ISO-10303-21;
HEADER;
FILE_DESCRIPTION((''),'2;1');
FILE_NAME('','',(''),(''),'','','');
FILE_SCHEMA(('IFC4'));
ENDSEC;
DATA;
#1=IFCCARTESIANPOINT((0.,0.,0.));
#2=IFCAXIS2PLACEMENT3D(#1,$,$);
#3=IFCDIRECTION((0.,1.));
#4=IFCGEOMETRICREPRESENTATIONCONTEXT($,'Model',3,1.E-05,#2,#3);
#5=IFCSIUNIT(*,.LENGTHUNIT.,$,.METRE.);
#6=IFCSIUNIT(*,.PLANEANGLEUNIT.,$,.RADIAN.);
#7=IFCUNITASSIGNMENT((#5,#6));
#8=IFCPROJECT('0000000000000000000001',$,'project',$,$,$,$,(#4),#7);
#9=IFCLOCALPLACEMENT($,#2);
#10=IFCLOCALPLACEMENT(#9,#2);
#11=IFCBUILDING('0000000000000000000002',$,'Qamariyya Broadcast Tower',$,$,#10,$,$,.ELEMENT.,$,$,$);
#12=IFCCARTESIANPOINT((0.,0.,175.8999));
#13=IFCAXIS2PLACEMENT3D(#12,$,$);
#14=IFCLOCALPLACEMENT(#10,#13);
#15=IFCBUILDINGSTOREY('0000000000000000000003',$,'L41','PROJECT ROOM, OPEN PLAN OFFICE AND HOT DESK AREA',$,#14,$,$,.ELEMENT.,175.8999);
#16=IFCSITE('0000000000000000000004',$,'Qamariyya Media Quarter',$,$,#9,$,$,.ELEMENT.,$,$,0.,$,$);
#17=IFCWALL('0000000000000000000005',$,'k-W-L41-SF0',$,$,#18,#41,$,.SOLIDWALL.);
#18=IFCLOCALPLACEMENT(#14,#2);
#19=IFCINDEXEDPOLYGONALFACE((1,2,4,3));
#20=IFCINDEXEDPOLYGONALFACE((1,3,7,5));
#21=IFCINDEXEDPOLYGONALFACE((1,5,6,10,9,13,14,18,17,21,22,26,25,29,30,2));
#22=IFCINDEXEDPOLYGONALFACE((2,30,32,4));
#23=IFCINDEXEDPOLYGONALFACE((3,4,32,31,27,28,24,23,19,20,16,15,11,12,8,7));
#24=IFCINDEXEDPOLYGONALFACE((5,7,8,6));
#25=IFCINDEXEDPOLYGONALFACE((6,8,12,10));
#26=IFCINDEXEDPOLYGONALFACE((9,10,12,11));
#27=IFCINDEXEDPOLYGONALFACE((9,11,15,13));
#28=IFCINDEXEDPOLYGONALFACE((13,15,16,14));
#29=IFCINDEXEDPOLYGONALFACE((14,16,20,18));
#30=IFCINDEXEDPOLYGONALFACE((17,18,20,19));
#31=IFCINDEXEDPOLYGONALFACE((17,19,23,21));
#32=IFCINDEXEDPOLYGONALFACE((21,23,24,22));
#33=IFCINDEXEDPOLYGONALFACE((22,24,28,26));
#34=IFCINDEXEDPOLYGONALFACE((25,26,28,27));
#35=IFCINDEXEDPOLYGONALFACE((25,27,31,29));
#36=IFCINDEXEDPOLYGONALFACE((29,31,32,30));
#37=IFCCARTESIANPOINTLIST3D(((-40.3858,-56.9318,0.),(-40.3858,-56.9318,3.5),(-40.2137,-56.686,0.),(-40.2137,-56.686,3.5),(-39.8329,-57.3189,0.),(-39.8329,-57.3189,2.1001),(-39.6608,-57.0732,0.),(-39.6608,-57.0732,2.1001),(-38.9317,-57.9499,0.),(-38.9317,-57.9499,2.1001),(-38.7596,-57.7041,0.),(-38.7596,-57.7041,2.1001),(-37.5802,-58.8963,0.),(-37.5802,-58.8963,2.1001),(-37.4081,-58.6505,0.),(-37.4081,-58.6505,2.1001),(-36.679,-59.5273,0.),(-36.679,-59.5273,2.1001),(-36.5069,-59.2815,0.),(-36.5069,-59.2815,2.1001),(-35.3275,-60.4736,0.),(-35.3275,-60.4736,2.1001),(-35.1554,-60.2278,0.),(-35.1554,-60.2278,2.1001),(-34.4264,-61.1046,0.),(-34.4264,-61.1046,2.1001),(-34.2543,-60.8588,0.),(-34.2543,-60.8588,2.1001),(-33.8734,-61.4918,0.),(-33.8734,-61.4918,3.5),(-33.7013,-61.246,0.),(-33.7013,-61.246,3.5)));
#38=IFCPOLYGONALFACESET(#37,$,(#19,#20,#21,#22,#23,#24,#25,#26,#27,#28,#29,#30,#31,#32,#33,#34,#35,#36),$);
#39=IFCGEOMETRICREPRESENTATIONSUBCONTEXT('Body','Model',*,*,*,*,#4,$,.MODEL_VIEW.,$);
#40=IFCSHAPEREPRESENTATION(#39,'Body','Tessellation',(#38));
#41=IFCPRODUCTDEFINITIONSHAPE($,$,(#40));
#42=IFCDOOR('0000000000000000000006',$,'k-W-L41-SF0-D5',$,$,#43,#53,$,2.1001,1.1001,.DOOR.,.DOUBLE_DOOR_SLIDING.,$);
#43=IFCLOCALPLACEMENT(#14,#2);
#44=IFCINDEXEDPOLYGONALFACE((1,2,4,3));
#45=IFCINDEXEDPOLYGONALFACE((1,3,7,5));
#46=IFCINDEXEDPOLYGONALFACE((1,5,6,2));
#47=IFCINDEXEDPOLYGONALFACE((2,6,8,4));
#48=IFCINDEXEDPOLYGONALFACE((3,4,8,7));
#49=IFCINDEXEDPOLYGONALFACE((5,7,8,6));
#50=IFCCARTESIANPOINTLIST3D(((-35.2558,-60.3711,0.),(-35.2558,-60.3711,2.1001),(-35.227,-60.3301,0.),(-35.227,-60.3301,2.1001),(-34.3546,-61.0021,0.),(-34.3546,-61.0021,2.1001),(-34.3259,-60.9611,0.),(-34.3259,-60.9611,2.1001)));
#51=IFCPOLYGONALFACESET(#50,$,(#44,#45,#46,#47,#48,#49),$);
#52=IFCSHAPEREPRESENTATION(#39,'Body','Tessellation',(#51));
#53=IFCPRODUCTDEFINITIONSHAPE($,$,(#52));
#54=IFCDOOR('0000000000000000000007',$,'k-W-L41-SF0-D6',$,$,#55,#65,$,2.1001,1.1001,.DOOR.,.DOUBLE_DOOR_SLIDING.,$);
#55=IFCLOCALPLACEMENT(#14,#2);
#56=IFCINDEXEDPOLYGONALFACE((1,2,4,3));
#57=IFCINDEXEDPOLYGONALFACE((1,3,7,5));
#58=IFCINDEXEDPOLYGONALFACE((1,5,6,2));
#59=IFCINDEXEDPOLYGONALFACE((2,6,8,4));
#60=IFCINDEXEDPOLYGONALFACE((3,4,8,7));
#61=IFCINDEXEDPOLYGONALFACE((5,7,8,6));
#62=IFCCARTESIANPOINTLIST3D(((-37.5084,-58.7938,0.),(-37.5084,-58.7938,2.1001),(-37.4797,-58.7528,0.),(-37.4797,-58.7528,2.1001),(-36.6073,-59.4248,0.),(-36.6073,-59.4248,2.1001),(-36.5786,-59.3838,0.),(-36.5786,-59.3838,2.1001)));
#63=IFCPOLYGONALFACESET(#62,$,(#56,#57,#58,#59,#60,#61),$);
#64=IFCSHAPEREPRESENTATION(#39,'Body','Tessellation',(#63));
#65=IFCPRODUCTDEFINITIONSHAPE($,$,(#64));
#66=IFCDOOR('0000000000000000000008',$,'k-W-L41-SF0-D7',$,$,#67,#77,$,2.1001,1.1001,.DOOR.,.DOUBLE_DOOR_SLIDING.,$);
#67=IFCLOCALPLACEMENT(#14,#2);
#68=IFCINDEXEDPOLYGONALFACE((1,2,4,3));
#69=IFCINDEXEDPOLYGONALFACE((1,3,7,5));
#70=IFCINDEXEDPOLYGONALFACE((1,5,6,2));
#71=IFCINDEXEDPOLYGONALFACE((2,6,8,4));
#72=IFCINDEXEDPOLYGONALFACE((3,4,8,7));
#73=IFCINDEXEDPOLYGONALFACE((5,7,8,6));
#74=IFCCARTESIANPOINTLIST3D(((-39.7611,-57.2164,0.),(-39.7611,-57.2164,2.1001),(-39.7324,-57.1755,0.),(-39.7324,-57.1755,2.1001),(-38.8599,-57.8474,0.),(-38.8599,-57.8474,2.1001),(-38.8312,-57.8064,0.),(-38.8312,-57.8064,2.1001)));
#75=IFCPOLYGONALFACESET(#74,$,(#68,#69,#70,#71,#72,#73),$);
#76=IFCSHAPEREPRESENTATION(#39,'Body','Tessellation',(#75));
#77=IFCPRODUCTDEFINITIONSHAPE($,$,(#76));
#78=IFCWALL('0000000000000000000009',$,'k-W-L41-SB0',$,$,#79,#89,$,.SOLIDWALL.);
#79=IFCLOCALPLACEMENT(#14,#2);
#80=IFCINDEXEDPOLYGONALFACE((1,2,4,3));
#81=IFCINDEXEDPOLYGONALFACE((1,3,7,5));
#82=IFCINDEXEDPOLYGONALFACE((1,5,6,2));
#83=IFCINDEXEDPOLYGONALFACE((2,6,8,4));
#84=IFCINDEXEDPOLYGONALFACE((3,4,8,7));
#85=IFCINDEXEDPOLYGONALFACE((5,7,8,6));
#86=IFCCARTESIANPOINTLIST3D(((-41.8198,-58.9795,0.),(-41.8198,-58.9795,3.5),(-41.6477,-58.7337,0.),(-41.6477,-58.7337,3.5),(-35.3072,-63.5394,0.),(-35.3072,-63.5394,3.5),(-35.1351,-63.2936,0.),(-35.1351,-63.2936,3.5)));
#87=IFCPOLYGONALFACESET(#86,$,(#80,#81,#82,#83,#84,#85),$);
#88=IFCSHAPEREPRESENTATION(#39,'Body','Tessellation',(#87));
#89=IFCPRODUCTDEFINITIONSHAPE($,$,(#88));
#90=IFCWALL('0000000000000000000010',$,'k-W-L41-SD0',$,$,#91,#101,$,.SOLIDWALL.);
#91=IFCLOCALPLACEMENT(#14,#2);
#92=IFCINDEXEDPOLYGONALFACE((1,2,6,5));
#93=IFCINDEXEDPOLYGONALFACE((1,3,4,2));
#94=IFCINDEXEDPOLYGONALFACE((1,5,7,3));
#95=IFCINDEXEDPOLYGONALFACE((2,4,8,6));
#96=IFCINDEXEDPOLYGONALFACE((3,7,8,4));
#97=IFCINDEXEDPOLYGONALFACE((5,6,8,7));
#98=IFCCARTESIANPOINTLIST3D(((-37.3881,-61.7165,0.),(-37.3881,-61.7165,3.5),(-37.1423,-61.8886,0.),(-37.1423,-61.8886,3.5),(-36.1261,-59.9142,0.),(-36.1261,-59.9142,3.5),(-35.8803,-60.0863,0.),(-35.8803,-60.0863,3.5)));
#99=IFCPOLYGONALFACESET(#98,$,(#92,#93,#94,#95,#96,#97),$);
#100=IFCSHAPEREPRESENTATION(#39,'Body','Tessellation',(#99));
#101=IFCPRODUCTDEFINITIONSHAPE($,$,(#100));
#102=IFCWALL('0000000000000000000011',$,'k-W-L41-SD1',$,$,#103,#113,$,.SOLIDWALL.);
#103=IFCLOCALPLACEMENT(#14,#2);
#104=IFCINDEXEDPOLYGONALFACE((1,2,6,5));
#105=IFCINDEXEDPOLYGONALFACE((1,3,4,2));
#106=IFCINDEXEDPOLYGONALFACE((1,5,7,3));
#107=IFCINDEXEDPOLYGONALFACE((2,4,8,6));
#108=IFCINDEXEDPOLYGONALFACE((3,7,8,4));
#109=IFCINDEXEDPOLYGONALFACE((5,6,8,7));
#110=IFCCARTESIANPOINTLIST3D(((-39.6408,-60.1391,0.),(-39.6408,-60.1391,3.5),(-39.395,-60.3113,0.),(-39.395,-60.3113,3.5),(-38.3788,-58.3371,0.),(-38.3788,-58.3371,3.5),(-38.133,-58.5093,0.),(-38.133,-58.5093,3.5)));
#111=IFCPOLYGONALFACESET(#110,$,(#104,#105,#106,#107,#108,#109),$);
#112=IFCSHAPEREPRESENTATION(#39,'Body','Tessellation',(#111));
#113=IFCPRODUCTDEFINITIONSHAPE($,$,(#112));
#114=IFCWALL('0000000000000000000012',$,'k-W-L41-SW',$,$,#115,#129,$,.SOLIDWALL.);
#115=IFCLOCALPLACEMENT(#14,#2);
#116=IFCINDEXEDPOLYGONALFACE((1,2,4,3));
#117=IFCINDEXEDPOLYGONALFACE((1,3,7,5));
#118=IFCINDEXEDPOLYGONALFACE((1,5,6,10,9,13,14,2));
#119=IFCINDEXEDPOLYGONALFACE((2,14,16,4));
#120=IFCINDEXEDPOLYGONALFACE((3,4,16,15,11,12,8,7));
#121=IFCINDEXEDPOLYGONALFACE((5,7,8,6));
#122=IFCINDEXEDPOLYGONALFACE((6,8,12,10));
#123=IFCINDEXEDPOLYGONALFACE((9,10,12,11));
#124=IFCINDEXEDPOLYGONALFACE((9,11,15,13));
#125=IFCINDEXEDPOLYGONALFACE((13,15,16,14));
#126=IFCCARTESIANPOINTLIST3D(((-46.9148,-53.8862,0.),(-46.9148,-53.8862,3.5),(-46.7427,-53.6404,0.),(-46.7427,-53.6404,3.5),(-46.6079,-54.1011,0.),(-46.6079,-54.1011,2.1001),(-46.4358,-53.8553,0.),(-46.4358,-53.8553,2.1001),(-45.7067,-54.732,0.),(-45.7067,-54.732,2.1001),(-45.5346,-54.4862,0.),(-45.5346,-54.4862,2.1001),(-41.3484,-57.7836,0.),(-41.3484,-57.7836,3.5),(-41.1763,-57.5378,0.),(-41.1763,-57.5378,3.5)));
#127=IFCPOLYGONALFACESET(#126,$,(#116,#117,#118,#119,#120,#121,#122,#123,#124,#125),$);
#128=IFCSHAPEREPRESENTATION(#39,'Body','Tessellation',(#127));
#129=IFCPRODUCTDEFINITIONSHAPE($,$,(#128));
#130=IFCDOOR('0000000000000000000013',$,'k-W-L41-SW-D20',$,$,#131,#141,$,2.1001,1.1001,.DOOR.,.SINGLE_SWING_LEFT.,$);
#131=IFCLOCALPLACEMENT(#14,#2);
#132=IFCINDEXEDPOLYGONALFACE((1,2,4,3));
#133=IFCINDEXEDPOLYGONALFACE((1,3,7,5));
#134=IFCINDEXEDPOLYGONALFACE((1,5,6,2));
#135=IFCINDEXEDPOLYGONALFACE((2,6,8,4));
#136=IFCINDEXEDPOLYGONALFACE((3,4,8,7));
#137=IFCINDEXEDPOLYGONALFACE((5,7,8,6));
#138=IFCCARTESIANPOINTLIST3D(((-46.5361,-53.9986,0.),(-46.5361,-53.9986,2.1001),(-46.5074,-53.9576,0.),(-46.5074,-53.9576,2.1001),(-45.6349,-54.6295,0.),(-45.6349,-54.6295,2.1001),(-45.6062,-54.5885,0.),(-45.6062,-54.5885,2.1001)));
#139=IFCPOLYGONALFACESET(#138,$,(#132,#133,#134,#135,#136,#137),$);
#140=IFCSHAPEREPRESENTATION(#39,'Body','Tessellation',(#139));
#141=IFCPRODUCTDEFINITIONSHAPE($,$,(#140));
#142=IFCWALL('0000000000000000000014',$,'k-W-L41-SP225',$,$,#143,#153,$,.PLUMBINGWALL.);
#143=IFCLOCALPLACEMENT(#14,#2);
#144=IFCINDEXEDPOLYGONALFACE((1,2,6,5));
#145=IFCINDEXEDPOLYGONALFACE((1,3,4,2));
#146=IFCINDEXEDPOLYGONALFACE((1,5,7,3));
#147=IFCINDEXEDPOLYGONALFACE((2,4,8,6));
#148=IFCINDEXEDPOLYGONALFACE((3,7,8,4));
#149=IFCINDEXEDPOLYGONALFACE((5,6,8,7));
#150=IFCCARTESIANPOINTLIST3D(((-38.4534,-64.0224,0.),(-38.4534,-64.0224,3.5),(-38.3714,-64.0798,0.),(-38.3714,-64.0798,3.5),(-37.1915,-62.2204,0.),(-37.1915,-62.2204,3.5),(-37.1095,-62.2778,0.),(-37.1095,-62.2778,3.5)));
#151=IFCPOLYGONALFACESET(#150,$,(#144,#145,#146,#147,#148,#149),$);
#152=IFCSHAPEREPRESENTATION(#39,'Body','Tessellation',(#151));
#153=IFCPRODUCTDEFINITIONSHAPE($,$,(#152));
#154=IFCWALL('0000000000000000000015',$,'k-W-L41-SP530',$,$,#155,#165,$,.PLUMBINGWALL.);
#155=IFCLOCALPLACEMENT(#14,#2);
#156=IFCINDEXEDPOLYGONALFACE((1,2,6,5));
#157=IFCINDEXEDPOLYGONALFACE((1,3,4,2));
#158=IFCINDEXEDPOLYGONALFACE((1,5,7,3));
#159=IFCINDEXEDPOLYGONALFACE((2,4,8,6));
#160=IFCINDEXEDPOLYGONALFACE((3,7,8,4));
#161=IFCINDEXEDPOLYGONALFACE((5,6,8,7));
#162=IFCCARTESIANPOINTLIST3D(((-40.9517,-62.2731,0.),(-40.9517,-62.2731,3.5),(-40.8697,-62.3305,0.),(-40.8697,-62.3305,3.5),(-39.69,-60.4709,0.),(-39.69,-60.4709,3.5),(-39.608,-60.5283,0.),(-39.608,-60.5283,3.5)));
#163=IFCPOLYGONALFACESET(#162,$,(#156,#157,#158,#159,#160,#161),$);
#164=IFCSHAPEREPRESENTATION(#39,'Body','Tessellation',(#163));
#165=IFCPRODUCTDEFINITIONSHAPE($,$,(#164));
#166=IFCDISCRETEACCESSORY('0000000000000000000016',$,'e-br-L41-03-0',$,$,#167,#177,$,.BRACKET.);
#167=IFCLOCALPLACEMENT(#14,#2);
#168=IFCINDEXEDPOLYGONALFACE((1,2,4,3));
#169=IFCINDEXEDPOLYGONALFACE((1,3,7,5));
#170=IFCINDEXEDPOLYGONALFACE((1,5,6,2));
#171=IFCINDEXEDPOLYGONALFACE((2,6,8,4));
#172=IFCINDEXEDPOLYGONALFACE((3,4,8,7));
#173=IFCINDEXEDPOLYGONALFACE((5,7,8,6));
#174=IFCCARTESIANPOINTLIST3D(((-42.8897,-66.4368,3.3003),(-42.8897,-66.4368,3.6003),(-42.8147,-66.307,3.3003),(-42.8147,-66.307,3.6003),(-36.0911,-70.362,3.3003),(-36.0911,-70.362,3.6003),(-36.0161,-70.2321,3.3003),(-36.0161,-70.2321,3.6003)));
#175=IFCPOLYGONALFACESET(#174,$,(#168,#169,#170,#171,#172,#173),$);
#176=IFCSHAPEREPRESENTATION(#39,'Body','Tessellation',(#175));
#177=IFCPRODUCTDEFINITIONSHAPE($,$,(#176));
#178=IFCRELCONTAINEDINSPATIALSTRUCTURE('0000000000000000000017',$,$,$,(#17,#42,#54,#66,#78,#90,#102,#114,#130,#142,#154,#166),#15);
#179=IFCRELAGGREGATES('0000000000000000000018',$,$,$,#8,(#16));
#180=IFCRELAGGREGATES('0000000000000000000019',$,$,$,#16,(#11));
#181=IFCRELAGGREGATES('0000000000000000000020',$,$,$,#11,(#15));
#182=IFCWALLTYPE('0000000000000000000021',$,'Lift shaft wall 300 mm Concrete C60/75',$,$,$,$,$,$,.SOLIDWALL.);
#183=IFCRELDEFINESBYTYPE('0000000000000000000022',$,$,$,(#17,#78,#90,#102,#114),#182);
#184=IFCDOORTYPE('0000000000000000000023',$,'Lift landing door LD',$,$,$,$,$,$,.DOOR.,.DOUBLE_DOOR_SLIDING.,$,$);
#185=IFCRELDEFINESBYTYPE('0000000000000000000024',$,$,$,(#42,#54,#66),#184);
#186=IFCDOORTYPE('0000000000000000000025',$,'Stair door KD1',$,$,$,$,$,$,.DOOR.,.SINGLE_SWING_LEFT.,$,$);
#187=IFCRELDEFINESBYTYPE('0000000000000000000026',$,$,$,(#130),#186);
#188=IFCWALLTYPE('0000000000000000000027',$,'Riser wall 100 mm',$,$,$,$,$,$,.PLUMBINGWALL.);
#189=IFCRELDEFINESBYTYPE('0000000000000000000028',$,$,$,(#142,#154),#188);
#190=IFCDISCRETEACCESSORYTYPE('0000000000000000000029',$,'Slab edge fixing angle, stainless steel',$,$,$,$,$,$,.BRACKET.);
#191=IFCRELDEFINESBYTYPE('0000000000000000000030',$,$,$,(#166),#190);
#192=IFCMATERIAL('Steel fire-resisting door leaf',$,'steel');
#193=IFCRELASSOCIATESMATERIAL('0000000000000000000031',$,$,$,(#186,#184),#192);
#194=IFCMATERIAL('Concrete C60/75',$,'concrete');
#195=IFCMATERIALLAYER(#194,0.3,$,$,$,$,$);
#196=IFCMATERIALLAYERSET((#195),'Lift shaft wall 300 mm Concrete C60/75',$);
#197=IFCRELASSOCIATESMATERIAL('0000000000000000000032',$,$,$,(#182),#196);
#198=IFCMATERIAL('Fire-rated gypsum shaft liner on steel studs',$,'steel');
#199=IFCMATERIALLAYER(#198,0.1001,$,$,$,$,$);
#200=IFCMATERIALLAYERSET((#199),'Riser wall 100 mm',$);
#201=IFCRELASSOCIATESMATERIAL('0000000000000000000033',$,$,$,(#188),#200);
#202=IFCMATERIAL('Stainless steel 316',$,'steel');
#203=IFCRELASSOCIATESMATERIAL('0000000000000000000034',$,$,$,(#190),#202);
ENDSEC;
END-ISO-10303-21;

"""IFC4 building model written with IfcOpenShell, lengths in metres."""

from ifc_helpers import new_model, si_unit, direction, frame, frame_2d, origin, origin_2d, place, context, subcontext, project, spatial, rectangle, extrude, material, layer, layer_set, type_object, element, fill, save


model = new_model("IFC4")

# Units and contexts
model_context = context("Model", 3, precision=1e-05, world=origin(), true_north=direction((0.0, 1.0)))
body_context = subcontext(model_context, "Body", "Model", "MODEL_VIEW")
ifc_project = project(units=[si_unit("LENGTHUNIT", "METRE"), si_unit("PLANEANGLEUNIT", "RADIAN")], contexts=[model_context])

# Site, building, storey
site_placement = place(None, origin())
site = spatial("IfcSite", under=ifc_project, at=site_placement, Name="Qamariyya Media Quarter", CompositionType="ELEMENT", RefElevation=0.0)
building_placement = place(site_placement, origin())
building = spatial("IfcBuilding", under=site, at=building_placement, Name="Qamariyya Broadcast Tower", CompositionType="ELEMENT")
storey_placement = place(building_placement, frame((0.0, 0.0, 175.8999)))
storey = spatial("IfcBuildingStorey", under=building, at=storey_placement, Name="L41", Description="PROJECT ROOM, OPEN PLAN OFFICE AND HOT DESK AREA", CompositionType="ELEMENT", Elevation=175.8999)

# Shared definitions
ifc_material_1 = material(Name="Concrete C60/75", Category="concrete")

# Shared definitions
ifc_material_2 = material(Name="Steel fire-resisting door leaf", Category="steel")

# Shared definitions
door_type_1 = type_object("IfcDoorType", Name="Stair door KD1", OperationType="SINGLE_SWING_LEFT", PredefinedType="DOOR", material=ifc_material_2)

# Wall, openings, doors
ifc_layer_1 = layer(ifc_material_1, 0.3)
ifc_layer_set_1 = layer_set([ifc_layer_1], Name="Lift shaft wall 300 mm Concrete C60/75")
wall_type_1 = type_object("IfcWallType", Name="Lift shaft wall 300 mm Concrete C60/75", PredefinedType="SOLIDWALL", material=ifc_layer_set_1)
wall_1_placement = place(storey_placement, frame((-33.7874, -61.3689, 0.0), z_axis=(0.0, 0.0, 1.0), x_axis=(-0.819153, 0.573576, 0.0)))
wall_1 = element("IfcWall", 1, at=wall_1_placement, inside=storey, type_object=wall_type_1, Name="k-W-L41-SF0", PredefinedType="SOLIDWALL", context=body_context, shape_type="SweptSolid", body=[
    extrude(rectangle(XDim=7.9502, YDim=0.3, at=frame_2d((3.9751, 0.0))), origin(), (0.0, 0.0, 1.0), 3.5),
])
opening_1_placement = place(wall_1_placement, frame((0.675, 0.0, 0.0)))
opening_1 = element("IfcOpeningElement", 2, at=opening_1_placement, cuts=wall_1, PredefinedType="OPENING", context=body_context, shape_type="SweptSolid", body=[
    extrude(rectangle(XDim=1.1001, YDim=2.1001, at=frame_2d((0.55, 1.05))), frame((0.0, 0.1599, 0.0), z_axis=(0.0, -1.0, 0.0), x_axis=(1.0, 0.0, 0.0)), (0.0, 0.0, 1.0), 0.3201),
])
opening_2_placement = place(wall_1_placement, frame((3.425, 0.0, 0.0)))
opening_2 = element("IfcOpeningElement", 3, at=opening_2_placement, cuts=wall_1, PredefinedType="OPENING", context=body_context, shape_type="SweptSolid", body=[
    extrude(rectangle(XDim=1.1001, YDim=2.1001, at=frame_2d((0.55, 1.05))), frame((0.0, 0.1599, 0.0), z_axis=(0.0, -1.0, 0.0), x_axis=(1.0, 0.0, 0.0)), (0.0, 0.0, 1.0), 0.3201),
])
opening_3_placement = place(wall_1_placement, frame((6.175, 0.0, 0.0)))
opening_3 = element("IfcOpeningElement", 4, at=opening_3_placement, cuts=wall_1, PredefinedType="OPENING", context=body_context, shape_type="SweptSolid", body=[
    extrude(rectangle(XDim=1.1001, YDim=2.1001, at=frame_2d((0.55, 1.05))), frame((0.0, 0.1599, 0.0), z_axis=(0.0, -1.0, 0.0), x_axis=(1.0, 0.0, 0.0)), (0.0, 0.0, 1.0), 0.3201),
])
door_type_2 = type_object("IfcDoorType", Name="Lift landing door LD", OperationType="DOUBLE_DOOR_SLIDING", PredefinedType="DOOR", material=ifc_material_2)
door_1_placement = place(opening_1_placement, origin())
door_1 = element("IfcDoor", 5, at=door_1_placement, inside=storey, type_object=door_type_2, Name="k-W-L41-SF0-D5", OperationType="DOUBLE_DOOR_SLIDING", OverallHeight=2.1001, OverallWidth=1.1001, PredefinedType="DOOR", context=body_context, shape_type="SweptSolid", body=[
    extrude(rectangle(XDim=1.1001, YDim=2.1001, at=frame_2d((0.55, 1.05))), frame((0.0, 0.0249, 0.0), z_axis=(0.0, -1.0, 0.0), x_axis=(1.0, 0.0, 0.0)), (0.0, 0.0, 1.0), 0.05),
])
fill(opening_1, door_1)
door_2_placement = place(opening_2_placement, origin())
door_2 = element("IfcDoor", 6, at=door_2_placement, inside=storey, type_object=door_type_2, Name="k-W-L41-SF0-D6", OperationType="DOUBLE_DOOR_SLIDING", OverallHeight=2.1001, OverallWidth=1.1001, PredefinedType="DOOR", context=body_context, shape_type="SweptSolid", body=[
    extrude(rectangle(XDim=1.1001, YDim=2.1001, at=frame_2d((0.55, 1.05))), frame((0.0, 0.0249, 0.0), z_axis=(0.0, -1.0, 0.0), x_axis=(1.0, 0.0, 0.0)), (0.0, 0.0, 1.0), 0.05),
])
fill(opening_2, door_2)
door_3_placement = place(opening_3_placement, origin())
door_3 = element("IfcDoor", 7, at=door_3_placement, inside=storey, type_object=door_type_2, Name="k-W-L41-SF0-D7", OperationType="DOUBLE_DOOR_SLIDING", OverallHeight=2.1001, OverallWidth=1.1001, PredefinedType="DOOR", context=body_context, shape_type="SweptSolid", body=[
    extrude(rectangle(XDim=1.1001, YDim=2.1001, at=frame_2d((0.55, 1.05))), frame((0.0, 0.0249, 0.0), z_axis=(0.0, -1.0, 0.0), x_axis=(1.0, 0.0, 0.0)), (0.0, 0.0, 1.0), 0.05),
])
fill(opening_3, door_3)

# Walls
wall_2_placement = place(storey_placement, frame((-35.2212, -63.4165, 0.0), z_axis=(0.0, 0.0, 1.0), x_axis=(-0.819167, 0.573555, 0.0)))
element("IfcWall", 8, at=wall_2_placement, inside=storey, type_object=wall_type_1, Name="k-W-L41-SB0", PredefinedType="SOLIDWALL", context=body_context, shape_type="SweptSolid", body=[
    extrude(rectangle(XDim=7.9502, YDim=0.3, at=frame_2d((3.9751, 0.0))), origin(), (0.0, 0.0, 1.0), 3.5),
])
wall_3_placement = place(storey_placement, frame((-36.0032, -60.0002, 0.0), z_axis=(0.0, 0.0, 1.0), x_axis=(-0.573581, -0.819149, 0.0)))
element("IfcWall", 9, at=wall_3_placement, inside=storey, type_object=wall_type_1, Name="k-W-L41-SD0", PredefinedType="SOLIDWALL", context=body_context, shape_type="SweptSolid", body=[
    extrude(rectangle(XDim=2.2002, YDim=0.3, at=frame_2d((1.1001, 0.0))), origin(), (0.0, 0.0, 1.0), 3.5),
])
wall_4_placement = place(storey_placement, frame((-38.2559, -58.4231, 0.0), z_axis=(0.0, 0.0, 1.0), x_axis=(-0.573634, -0.819112, 0.0)))
element("IfcWall", 10, at=wall_4_placement, inside=storey, type_object=wall_type_1, Name="k-W-L41-SD1", PredefinedType="SOLIDWALL", context=body_context, shape_type="SweptSolid", body=[
    extrude(rectangle(XDim=2.2, YDim=0.3, at=frame_2d((1.1001, 0.0))), origin(), (0.0, 0.0, 1.0), 3.5),
])

# Wall, opening, door
wall_5_placement = place(storey_placement, frame((-41.2625, -57.6606, 0.0), z_axis=(0.0, 0.0, 1.0), x_axis=(-0.819164, 0.573559, 0.0)))
wall_5 = element("IfcWall", 11, at=wall_5_placement, inside=storey, type_object=wall_type_1, Name="k-W-L41-SW", PredefinedType="SOLIDWALL", context=body_context, shape_type="SweptSolid", body=[
    extrude(rectangle(XDim=6.7952, YDim=0.3, at=frame_2d((3.3975, 0.0))), origin(), (0.0, 0.0, 1.0), 3.5),
])
opening_4_placement = place(wall_5_placement, frame((5.3203, 0.0, 0.0)))
opening_4 = element("IfcOpeningElement", 12, at=opening_4_placement, cuts=wall_5, PredefinedType="OPENING", context=body_context, shape_type="SweptSolid", body=[
    extrude(rectangle(XDim=1.1001, YDim=2.1001, at=frame_2d((0.55, 1.05))), frame((0.0, 0.1599, 0.0), z_axis=(0.0, -1.0, 0.0), x_axis=(1.0, 0.0, 0.0)), (0.0, 0.0, 1.0), 0.3201),
])
door_4_placement = place(opening_4_placement, origin())
door_4 = element("IfcDoor", 13, at=door_4_placement, inside=storey, type_object=door_type_1, Name="k-W-L41-SW-D20", OperationType="SINGLE_SWING_LEFT", OverallHeight=2.1001, OverallWidth=1.1001, PredefinedType="DOOR", context=body_context, shape_type="SweptSolid", body=[
    extrude(rectangle(XDim=1.1001, YDim=2.1001, at=frame_2d((0.55, 1.05))), frame((0.0, 0.0249, 0.0), z_axis=(0.0, -1.0, 0.0), x_axis=(1.0, 0.0, 0.0)), (0.0, 0.0, 1.0), 0.05),
])
fill(opening_4, door_4)

# Walls
ifc_material_3 = material(Name="Fire-rated gypsum shaft liner on steel studs", Category="steel")
ifc_layer_2 = layer(ifc_material_3, 0.1001)
ifc_layer_set_2 = layer_set([ifc_layer_2], Name="Riser wall 100 mm")
wall_type_2 = type_object("IfcWallType", Name="Riser wall 100 mm", PredefinedType="PLUMBINGWALL", material=ifc_layer_set_2)
for number, where, z_axis, x_axis, name in (
    (14, (-37.1504, -62.249, 0.0), (0.0, 0.0, 1.0), (-0.573634, -0.819112, 0.0), "k-W-L41-SP225"),
    (15, (-39.6489, -60.4995, 0.0), (0.0, 0.0, 1.0), (-0.573507, -0.819201, 0.0), "k-W-L41-SP530"),
):
    element("IfcWall", number, at=place(storey_placement, frame(where, z_axis=z_axis, x_axis=x_axis)), inside=storey, type_object=wall_type_2, Name=name, PredefinedType="PLUMBINGWALL", context=body_context, shape_type="SweptSolid", body=[
        extrude(rectangle(XDim=2.2, YDim=0.1001, at=frame_2d((1.1001, 0.0))), origin(), (0.0, 0.0, 1.0), 3.5),
    ])

# Discrete accessory
ifc_material_4 = material(Name="Stainless steel 316", Category="steel")
discrete_accessory_type = type_object("IfcDiscreteAccessoryType", Name="Slab edge fixing angle, stainless steel", PredefinedType="BRACKET", material=ifc_material_4)
discrete_accessory_placement = place(storey_placement, frame((-39.4529, -68.3345, 3.3003), z_axis=(0.0, 0.0, 1.0), x_axis=(0.866025, -0.5, 0.0)))
element("IfcDiscreteAccessory", 16, at=discrete_accessory_placement, inside=storey, type_object=discrete_accessory_type, Name="e-br-L41-03-0", PredefinedType="BRACKET", context=body_context, shape_type="SweptSolid", body=[
    extrude(rectangle(XDim=7.8503, YDim=0.1499, at=origin_2d()), origin(), (0.0, 0.0, 1.0), 0.3),
])

save(model, "model.ifc")
